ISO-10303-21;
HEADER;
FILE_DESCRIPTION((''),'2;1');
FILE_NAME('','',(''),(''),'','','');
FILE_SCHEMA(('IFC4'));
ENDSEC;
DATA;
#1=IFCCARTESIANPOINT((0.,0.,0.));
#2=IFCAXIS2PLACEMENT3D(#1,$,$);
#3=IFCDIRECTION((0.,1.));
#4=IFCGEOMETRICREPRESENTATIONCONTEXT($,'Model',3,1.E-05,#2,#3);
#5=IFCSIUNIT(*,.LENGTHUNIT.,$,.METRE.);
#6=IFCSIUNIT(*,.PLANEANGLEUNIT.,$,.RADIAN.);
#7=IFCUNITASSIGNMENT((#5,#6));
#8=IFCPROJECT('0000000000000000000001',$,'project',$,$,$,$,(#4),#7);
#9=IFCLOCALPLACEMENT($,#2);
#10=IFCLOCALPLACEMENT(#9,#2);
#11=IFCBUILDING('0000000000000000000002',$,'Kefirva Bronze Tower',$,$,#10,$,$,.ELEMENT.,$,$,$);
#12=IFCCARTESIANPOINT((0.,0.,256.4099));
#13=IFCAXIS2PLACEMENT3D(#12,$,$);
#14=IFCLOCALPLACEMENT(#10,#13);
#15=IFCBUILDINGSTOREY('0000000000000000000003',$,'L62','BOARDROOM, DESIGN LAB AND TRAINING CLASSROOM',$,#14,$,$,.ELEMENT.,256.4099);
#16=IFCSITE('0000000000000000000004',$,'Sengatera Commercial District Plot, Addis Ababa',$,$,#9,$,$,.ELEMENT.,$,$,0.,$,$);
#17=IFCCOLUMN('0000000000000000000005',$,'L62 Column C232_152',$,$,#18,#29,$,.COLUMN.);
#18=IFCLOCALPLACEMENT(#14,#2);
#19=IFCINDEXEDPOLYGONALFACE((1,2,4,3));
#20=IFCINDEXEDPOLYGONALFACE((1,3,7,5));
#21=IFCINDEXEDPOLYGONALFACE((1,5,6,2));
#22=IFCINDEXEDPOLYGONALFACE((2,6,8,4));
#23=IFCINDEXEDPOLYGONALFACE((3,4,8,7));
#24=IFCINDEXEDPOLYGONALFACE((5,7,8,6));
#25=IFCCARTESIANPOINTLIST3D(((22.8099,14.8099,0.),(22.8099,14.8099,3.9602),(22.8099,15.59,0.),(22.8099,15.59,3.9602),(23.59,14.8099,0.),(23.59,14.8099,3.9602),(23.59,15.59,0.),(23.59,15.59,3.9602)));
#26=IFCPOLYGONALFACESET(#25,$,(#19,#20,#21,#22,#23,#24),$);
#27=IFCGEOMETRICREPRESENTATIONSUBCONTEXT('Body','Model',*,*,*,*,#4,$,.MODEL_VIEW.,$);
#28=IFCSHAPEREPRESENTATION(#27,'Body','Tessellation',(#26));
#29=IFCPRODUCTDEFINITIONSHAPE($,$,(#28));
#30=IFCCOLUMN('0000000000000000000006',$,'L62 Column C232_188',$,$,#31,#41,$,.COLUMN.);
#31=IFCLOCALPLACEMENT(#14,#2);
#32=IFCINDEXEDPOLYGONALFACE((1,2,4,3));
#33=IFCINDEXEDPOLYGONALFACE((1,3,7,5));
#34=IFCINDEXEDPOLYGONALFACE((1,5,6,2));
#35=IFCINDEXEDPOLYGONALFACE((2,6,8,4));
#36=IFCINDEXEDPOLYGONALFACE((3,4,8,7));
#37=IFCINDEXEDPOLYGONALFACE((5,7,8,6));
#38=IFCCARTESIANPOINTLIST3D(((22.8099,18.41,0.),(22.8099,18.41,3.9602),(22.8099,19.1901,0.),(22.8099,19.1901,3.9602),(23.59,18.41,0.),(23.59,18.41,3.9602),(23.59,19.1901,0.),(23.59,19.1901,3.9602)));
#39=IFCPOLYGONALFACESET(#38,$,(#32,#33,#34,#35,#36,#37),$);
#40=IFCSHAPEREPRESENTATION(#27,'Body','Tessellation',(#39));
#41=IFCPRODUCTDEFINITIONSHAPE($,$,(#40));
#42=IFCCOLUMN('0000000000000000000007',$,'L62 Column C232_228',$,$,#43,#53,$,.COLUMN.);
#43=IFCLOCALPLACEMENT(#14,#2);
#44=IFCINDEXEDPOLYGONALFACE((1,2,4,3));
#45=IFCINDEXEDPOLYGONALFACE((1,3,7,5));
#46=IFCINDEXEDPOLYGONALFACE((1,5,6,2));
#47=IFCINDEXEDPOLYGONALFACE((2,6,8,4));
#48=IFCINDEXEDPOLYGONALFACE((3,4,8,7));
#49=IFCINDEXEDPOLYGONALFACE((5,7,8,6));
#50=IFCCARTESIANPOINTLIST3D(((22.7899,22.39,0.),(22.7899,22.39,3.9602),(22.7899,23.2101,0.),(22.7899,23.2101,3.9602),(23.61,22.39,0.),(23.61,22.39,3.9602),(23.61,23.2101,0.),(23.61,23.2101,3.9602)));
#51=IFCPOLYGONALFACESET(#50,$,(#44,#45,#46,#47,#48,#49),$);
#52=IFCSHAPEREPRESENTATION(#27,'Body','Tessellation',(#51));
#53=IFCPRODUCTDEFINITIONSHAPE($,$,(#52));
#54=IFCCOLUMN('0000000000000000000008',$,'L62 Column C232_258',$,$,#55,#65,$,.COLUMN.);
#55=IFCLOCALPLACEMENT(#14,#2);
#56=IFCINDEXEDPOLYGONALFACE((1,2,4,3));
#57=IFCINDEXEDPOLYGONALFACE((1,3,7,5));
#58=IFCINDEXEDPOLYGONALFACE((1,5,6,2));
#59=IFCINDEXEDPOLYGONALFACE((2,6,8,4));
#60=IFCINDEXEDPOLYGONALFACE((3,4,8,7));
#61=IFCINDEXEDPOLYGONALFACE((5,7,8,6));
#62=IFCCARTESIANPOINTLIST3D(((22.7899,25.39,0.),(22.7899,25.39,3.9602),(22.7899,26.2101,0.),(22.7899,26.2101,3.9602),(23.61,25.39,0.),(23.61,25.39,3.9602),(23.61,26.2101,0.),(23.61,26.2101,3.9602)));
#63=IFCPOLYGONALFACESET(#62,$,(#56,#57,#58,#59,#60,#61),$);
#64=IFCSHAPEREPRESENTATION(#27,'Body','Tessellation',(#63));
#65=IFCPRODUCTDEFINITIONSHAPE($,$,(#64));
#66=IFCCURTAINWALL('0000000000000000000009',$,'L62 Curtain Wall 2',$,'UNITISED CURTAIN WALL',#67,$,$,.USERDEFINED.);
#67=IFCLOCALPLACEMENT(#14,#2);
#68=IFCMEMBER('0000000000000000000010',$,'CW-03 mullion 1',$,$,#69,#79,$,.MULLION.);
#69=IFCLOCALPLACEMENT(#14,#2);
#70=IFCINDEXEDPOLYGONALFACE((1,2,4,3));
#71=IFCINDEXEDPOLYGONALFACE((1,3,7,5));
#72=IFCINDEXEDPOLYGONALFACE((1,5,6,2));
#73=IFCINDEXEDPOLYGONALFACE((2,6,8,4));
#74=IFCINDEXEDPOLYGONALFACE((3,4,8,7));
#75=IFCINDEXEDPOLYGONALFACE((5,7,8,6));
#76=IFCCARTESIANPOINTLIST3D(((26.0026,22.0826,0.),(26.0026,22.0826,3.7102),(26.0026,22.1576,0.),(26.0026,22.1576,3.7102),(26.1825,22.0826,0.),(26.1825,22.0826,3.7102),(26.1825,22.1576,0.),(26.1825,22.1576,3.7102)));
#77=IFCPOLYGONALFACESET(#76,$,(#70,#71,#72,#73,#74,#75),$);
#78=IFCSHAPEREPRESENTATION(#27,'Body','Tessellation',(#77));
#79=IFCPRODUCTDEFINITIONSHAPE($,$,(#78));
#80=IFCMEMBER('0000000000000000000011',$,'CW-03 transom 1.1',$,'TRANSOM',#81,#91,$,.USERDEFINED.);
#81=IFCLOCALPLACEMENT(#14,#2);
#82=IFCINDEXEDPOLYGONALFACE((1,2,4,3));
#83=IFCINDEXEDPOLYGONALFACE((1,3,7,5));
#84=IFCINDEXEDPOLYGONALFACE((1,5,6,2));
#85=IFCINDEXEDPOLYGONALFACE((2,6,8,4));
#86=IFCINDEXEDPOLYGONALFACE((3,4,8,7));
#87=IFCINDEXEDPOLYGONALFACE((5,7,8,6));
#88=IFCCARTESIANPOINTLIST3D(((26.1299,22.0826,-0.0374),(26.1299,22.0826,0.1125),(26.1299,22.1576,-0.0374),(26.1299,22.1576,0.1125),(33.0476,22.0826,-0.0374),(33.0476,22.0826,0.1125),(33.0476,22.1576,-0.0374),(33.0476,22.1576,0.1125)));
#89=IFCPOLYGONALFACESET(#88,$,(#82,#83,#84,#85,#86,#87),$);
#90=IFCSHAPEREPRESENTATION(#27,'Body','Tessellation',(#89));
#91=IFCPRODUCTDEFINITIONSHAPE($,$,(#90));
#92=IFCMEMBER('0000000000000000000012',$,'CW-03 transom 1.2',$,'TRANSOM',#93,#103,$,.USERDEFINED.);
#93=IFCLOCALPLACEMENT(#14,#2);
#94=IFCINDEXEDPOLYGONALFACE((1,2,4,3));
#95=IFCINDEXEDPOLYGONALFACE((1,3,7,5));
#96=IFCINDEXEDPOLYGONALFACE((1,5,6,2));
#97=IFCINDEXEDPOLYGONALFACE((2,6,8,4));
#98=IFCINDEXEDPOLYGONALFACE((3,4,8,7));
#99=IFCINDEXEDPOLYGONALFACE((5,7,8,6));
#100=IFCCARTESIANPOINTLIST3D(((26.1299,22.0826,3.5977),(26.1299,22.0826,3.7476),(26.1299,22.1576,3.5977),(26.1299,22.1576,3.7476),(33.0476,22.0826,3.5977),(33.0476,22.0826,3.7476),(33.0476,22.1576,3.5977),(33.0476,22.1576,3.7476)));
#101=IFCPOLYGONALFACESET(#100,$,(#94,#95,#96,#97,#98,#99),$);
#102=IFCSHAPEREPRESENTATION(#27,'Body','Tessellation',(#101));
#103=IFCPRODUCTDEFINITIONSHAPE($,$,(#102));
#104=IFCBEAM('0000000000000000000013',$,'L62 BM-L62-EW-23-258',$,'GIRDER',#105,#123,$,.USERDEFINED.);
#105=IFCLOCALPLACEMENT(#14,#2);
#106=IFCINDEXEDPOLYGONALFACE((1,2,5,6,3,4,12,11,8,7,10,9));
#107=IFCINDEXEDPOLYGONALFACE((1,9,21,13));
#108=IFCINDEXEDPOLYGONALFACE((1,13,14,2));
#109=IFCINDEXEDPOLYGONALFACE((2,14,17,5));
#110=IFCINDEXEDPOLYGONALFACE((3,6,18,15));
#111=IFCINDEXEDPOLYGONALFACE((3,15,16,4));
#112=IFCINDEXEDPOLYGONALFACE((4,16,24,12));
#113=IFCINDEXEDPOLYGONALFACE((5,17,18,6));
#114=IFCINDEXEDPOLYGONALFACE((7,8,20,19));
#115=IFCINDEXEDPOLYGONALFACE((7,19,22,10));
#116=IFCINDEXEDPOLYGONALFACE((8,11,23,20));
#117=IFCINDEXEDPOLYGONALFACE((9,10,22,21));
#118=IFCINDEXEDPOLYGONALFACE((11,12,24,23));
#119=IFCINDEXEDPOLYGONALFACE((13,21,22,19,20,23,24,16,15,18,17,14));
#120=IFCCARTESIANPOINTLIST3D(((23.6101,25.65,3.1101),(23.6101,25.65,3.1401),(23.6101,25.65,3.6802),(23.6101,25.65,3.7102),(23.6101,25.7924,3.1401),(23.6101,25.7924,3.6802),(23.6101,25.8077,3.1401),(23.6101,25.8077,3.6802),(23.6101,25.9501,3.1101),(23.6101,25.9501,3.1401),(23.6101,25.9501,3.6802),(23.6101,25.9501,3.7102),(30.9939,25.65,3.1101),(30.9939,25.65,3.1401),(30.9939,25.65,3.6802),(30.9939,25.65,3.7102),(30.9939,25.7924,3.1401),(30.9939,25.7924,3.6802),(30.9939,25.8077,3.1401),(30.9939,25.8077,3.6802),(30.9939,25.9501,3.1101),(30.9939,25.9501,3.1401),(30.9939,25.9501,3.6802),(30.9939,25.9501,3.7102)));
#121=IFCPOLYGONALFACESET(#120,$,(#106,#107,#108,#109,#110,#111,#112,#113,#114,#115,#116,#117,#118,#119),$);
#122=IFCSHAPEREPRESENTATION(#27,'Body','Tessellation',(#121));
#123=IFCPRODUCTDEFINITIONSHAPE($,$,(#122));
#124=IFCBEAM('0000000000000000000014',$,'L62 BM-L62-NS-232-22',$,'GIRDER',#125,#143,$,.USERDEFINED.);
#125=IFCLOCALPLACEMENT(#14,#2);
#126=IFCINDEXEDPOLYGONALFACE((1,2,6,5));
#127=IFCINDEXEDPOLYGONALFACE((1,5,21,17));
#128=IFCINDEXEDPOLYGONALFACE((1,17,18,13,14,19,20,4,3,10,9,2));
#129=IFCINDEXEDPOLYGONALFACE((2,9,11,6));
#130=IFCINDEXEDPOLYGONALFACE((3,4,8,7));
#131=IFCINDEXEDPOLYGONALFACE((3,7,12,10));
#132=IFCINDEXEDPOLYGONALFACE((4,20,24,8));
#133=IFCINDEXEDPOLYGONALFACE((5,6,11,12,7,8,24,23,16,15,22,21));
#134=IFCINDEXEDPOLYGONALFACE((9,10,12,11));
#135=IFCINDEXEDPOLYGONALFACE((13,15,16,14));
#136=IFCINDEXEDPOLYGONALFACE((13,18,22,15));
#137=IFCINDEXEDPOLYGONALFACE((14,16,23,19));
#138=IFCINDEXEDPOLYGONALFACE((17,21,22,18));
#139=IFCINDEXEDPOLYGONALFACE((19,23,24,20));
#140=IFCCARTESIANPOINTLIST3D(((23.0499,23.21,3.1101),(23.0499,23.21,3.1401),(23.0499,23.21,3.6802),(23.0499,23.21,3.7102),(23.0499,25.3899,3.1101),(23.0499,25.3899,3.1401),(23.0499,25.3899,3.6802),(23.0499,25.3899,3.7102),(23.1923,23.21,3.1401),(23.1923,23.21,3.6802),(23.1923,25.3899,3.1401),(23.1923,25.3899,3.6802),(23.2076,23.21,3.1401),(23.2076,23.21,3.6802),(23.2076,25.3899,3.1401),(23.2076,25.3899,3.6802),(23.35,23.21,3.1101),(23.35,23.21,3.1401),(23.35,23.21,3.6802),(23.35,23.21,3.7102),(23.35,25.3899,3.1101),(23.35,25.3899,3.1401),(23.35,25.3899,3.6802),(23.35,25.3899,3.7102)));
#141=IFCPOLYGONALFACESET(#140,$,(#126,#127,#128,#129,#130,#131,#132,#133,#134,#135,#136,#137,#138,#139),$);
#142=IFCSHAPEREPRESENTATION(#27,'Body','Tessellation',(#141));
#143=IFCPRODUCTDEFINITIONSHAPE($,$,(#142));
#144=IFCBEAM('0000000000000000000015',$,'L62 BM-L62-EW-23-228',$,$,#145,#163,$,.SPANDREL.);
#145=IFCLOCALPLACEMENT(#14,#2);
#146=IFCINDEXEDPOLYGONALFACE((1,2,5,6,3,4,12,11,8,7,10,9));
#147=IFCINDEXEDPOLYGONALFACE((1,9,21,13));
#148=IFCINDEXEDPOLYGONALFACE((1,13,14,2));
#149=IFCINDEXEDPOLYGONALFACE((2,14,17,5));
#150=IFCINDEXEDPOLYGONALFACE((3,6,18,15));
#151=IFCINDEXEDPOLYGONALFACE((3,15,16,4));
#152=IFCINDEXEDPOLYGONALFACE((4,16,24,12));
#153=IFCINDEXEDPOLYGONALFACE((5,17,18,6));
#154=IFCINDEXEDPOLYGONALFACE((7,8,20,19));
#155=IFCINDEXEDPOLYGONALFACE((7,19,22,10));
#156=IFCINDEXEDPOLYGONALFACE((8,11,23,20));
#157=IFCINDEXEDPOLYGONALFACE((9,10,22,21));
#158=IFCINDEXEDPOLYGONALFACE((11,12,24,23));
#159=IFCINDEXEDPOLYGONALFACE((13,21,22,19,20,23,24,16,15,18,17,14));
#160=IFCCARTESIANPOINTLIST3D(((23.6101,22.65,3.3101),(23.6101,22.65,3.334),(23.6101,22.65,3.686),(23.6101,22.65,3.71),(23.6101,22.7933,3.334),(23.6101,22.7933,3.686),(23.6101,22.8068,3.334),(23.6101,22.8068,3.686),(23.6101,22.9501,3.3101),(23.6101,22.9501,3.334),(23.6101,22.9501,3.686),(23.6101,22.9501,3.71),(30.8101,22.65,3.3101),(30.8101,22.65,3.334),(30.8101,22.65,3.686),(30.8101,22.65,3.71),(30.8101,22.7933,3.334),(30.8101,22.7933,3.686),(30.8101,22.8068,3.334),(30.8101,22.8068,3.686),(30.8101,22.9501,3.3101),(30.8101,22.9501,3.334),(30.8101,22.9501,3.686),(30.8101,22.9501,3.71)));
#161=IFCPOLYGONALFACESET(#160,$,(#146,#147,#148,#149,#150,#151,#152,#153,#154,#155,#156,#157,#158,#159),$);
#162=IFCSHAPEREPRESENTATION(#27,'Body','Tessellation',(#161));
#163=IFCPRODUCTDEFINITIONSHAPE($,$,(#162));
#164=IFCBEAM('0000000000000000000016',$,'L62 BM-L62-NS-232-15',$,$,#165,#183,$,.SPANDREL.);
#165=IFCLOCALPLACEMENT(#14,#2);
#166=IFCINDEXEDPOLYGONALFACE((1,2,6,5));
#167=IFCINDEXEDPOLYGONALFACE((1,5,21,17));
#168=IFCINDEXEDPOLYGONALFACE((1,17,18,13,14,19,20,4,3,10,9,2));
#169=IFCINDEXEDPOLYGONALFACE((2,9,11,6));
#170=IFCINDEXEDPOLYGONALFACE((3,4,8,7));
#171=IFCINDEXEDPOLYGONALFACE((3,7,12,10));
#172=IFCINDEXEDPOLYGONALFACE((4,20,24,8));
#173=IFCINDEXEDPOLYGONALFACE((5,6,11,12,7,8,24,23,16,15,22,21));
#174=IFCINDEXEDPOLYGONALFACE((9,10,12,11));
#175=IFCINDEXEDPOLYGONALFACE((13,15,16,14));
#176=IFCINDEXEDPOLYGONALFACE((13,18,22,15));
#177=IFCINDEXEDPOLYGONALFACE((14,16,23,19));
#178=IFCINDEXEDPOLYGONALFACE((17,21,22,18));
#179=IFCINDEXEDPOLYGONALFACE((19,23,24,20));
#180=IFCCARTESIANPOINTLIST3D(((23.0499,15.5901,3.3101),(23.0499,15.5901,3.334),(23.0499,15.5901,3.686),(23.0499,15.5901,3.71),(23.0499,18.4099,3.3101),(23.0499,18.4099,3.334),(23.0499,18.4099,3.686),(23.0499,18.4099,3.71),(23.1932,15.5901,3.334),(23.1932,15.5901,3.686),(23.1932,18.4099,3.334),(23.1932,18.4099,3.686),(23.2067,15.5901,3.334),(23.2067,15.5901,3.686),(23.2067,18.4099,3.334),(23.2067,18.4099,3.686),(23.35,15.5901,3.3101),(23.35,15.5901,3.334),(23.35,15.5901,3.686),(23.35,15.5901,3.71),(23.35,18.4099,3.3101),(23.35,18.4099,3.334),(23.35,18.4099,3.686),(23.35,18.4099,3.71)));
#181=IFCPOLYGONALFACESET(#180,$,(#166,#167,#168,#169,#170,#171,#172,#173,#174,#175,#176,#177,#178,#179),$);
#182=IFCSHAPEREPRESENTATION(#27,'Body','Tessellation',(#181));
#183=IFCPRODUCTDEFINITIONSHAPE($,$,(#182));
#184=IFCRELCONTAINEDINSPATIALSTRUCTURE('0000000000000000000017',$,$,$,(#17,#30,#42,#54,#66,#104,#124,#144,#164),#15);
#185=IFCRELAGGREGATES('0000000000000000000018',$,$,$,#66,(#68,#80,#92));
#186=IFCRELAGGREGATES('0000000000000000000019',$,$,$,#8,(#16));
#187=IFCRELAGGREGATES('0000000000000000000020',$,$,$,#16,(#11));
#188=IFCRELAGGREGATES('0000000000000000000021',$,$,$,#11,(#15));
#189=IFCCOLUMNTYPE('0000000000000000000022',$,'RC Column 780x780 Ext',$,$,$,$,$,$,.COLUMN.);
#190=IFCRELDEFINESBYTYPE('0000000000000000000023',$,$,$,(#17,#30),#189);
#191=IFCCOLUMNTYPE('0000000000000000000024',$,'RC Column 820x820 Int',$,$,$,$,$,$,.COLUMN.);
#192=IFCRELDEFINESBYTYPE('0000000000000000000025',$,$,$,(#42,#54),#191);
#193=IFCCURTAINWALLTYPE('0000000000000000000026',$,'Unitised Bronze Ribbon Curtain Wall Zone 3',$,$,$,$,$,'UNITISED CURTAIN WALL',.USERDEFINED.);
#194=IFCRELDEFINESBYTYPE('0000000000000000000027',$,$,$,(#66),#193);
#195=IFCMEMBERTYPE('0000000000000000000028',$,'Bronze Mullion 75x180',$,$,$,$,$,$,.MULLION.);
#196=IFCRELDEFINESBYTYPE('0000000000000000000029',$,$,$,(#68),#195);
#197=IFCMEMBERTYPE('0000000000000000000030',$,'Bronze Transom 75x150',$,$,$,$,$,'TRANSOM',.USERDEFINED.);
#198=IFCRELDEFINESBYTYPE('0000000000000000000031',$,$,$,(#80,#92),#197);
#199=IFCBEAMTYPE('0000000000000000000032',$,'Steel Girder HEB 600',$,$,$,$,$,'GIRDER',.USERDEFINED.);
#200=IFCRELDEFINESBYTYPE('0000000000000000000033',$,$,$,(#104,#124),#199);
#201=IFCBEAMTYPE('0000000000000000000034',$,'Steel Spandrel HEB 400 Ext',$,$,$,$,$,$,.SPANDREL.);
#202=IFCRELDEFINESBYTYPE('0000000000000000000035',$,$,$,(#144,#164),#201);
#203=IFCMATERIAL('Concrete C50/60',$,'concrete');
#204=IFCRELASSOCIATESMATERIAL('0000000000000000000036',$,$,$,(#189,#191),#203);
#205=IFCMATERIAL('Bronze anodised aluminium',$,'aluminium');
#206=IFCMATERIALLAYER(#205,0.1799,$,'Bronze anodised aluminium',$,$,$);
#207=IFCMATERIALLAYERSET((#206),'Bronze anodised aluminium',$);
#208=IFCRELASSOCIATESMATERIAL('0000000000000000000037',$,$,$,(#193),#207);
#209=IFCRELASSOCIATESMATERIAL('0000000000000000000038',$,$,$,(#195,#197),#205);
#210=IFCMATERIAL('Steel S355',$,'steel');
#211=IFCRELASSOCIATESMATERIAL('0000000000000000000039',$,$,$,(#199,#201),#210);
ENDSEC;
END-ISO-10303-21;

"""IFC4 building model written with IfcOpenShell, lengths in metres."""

from ifc_helpers import new_model, si_unit, direction, frame, origin, origin_2d, place, context, subcontext, project, spatial, rectangle, i_section, extrude, material, layer, layer_set, material_profile, profile_set, type_object, element, aggregate, save


model = new_model("IFC4")

# Units and contexts
model_context = context("Model", 3, precision=1e-05, world=origin(), true_north=direction((0.0, 1.0)))
body_context = subcontext(model_context, "Body", "Model", "MODEL_VIEW")
ifc_project = project(units=[si_unit("LENGTHUNIT", "METRE"), si_unit("PLANEANGLEUNIT", "RADIAN")], contexts=[model_context])

# Site, building, storey
site_placement = place(None, origin())
site = spatial("IfcSite", under=ifc_project, at=site_placement, Name="Sengatera Commercial District Plot, Addis Ababa", CompositionType="ELEMENT", RefElevation=0.0)
building_placement = place(site_placement, origin())
building = spatial("IfcBuilding", under=site, at=building_placement, Name="Kefirva Bronze Tower", CompositionType="ELEMENT")
storey_placement = place(building_placement, frame((0.0, 0.0, 256.4099)))
storey = spatial("IfcBuildingStorey", under=building, at=storey_placement, Name="L62", Description="BOARDROOM, DESIGN LAB AND TRAINING CLASSROOM", CompositionType="ELEMENT", Elevation=256.4099)

# Columns
ifc_material_1 = material(Name="Concrete C50/60", Category="concrete")
ifc_material_profile_1 = material_profile(ifc_material_1, rectangle(XDim=0.78, YDim=0.78, at=origin_2d()), Name="RC 780x780")
ifc_profile_set_1 = profile_set([ifc_material_profile_1], Name="Concrete C50/60")
column_type_1 = type_object("IfcColumnType", Name="RC Column 780x780 Ext", PredefinedType="COLUMN", material=ifc_profile_set_1)
for number, where, z_axis, x_axis, name in (
    (1, (23.2, 15.2, 0.0), (0.0, 0.0, 1.0), (1.0, 0.0, 0.0), "L62 Column C232_152"),
    (2, (23.2, 18.8, 0.0), (0.0, 0.0, 1.0), (1.0, 0.0, 0.0), "L62 Column C232_188"),
):
    element("IfcColumn", number, at=place(storey_placement, frame(where, z_axis=z_axis, x_axis=x_axis)), inside=storey, type_object=column_type_1, Name=name, PredefinedType="COLUMN", context=body_context, shape_type="SweptSolid", body=[
        extrude(rectangle(XDim=0.78, YDim=0.78, at=origin_2d()), origin(), (0.0, 0.0, 1.0), 3.9602),
    ])
ifc_material_profile_2 = material_profile(ifc_material_1, rectangle(XDim=0.8201, YDim=0.8201, at=origin_2d()), Name="RC 820x820")
ifc_profile_set_2 = profile_set([ifc_material_profile_2], Name="Concrete C50/60")
column_type_2 = type_object("IfcColumnType", Name="RC Column 820x820 Int", PredefinedType="COLUMN", material=ifc_profile_set_2)
for number, where, z_axis, x_axis, name in (
    (3, (23.2, 22.8, 0.0), (0.0, 0.0, 1.0), (1.0, 0.0, 0.0), "L62 Column C232_228"),
    (4, (23.2, 25.8, 0.0), (0.0, 0.0, 1.0), (1.0, 0.0, 0.0), "L62 Column C232_258"),
):
    element("IfcColumn", number, at=place(storey_placement, frame(where, z_axis=z_axis, x_axis=x_axis)), inside=storey, type_object=column_type_2, Name=name, PredefinedType="COLUMN", context=body_context, shape_type="SweptSolid", body=[
        extrude(rectangle(XDim=0.8201, YDim=0.8201, at=origin_2d()), origin(), (0.0, 0.0, 1.0), 3.9602),
    ])

# Curtain wall, members
ifc_material_2 = material(Name="Bronze anodised aluminium", Category="aluminium")
ifc_layer_1 = layer(ifc_material_2, 0.1799, Name="Bronze anodised aluminium")
ifc_layer_set_1 = layer_set([ifc_layer_1], Name="Bronze anodised aluminium")
curtain_wall_type = type_object("IfcCurtainWallType", Name="Unitised Bronze Ribbon Curtain Wall Zone 3", ElementType="UNITISED CURTAIN WALL", PredefinedType="USERDEFINED", material=ifc_layer_set_1)
curtain_wall_placement = place(storey_placement, origin())
curtain_wall = element("IfcCurtainWall", 5, at=curtain_wall_placement, inside=storey, type_object=curtain_wall_type, Name="L62 Curtain Wall 2", ObjectType="UNITISED CURTAIN WALL", PredefinedType="USERDEFINED")
ifc_material_profile_3 = material_profile(ifc_material_2, rectangle(XDim=0.075, YDim=0.1799, at=origin_2d()), Name="ALU 75x180")
ifc_profile_set_3 = profile_set([ifc_material_profile_3], Name="Bronze anodised aluminium")
member_type_1 = type_object("IfcMemberType", Name="Bronze Mullion 75x180", PredefinedType="MULLION", material=ifc_profile_set_3)
member_1_placement = place(storey_placement, frame((26.0925, 22.1201, 0.0), z_axis=(0.0, 0.0, 1.0), x_axis=(0.0, 1.0, 0.0)))
member_1 = element("IfcMember", 6, at=member_1_placement, type_object=member_type_1, Name="CW-03 mullion 1", PredefinedType="MULLION", context=body_context, shape_type="SweptSolid", body=[
    extrude(rectangle(XDim=0.075, YDim=0.1799, at=origin_2d()), origin(), (0.0, 0.0, 1.0), 3.7102),
])
ifc_material_profile_4 = material_profile(ifc_material_2, rectangle(XDim=0.075, YDim=0.1499, at=origin_2d()), Name="ALU 75x150")
ifc_profile_set_4 = profile_set([ifc_material_profile_4], Name="Bronze anodised aluminium")
member_type_2 = type_object("IfcMemberType", Name="Bronze Transom 75x150", ElementType="TRANSOM", PredefinedType="USERDEFINED", material=ifc_profile_set_4)
member_2_placement = place(storey_placement, frame((26.1299, 22.1201, 0.0376), z_axis=(1.0, 0.0, 0.0), x_axis=(0.0, 1.0, 0.0)))
member_2 = element("IfcMember", 7, at=member_2_placement, type_object=member_type_2, Name="CW-03 transom 1.1", ObjectType="TRANSOM", PredefinedType="USERDEFINED", context=body_context, shape_type="SweptSolid", body=[
    extrude(rectangle(XDim=0.075, YDim=0.1499, at=origin_2d()), origin(), (0.0, 0.0, 1.0), 6.9177),
])
member_3_placement = place(storey_placement, frame((26.1299, 22.1201, 3.6726), z_axis=(1.0, 0.0, 0.0), x_axis=(0.0, 1.0, 0.0)))
member_3 = element("IfcMember", 8, at=member_3_placement, type_object=member_type_2, Name="CW-03 transom 1.2", ObjectType="TRANSOM", PredefinedType="USERDEFINED", context=body_context, shape_type="SweptSolid", body=[
    extrude(rectangle(XDim=0.075, YDim=0.1499, at=origin_2d()), origin(), (0.0, 0.0, 1.0), 6.9177),
])
aggregate(curtain_wall, [member_1, member_2, member_3])

# Beams
ifc_material_3 = material(Name="Steel S355", Category="steel")
ifc_material_profile_5 = material_profile(ifc_material_3, i_section(OverallWidth=0.3, OverallDepth=0.6001, WebThickness=0.0154, FlangeThickness=0.03, at=origin_2d()), Name="HEB 600")
ifc_profile_set_5 = profile_set([ifc_material_profile_5], Name="Steel S355")
beam_type_1 = type_object("IfcBeamType", Name="Steel Girder HEB 600", ElementType="GIRDER", PredefinedType="USERDEFINED", material=ifc_profile_set_5)
beam_1_placement = place(storey_placement, frame((23.6101, 25.8, 3.4102), z_axis=(1.0, 0.0, 0.0), x_axis=(0.0, 1.0, 0.0)))
element("IfcBeam", 9, at=beam_1_placement, inside=storey, type_object=beam_type_1, Name="L62 BM-L62-EW-23-258", ObjectType="GIRDER", PredefinedType="USERDEFINED", context=body_context, shape_type="SweptSolid", body=[
    extrude(i_section(OverallWidth=0.3, OverallDepth=0.6001, WebThickness=0.0154, FlangeThickness=0.03, at=origin_2d()), origin(), (0.0, 0.0, 1.0), 7.3838),
])
beam_2_placement = place(storey_placement, frame((23.2, 23.21, 3.4102), z_axis=(0.0, 1.0, 0.0), x_axis=(-1.0, 0.0, 0.0)))
element("IfcBeam", 10, at=beam_2_placement, inside=storey, type_object=beam_type_1, Name="L62 BM-L62-NS-232-22", ObjectType="GIRDER", PredefinedType="USERDEFINED", context=body_context, shape_type="SweptSolid", body=[
    extrude(i_section(OverallWidth=0.3, OverallDepth=0.6001, WebThickness=0.0154, FlangeThickness=0.03, at=origin_2d()), origin(), (0.0, 0.0, 1.0), 2.1799),
])
ifc_material_profile_6 = material_profile(ifc_material_3, i_section(OverallWidth=0.3, OverallDepth=0.3999, WebThickness=0.0134, FlangeThickness=0.0239, at=origin_2d()), Name="HEB 400")
ifc_profile_set_6 = profile_set([ifc_material_profile_6], Name="Steel S355")
beam_type_2 = type_object("IfcBeamType", Name="Steel Spandrel HEB 400 Ext", PredefinedType="SPANDREL", material=ifc_profile_set_6)
beam_3_placement = place(storey_placement, frame((23.6101, 22.8, 3.51), z_axis=(1.0, 0.0, 0.0), x_axis=(0.0, 1.0, 0.0)))
element("IfcBeam", 11, at=beam_3_placement, inside=storey, type_object=beam_type_2, Name="L62 BM-L62-EW-23-228", PredefinedType="SPANDREL", context=body_context, shape_type="SweptSolid", body=[
    extrude(i_section(OverallWidth=0.3, OverallDepth=0.3999, WebThickness=0.0134, FlangeThickness=0.0239, at=origin_2d()), origin(), (0.0, 0.0, 1.0), 7.2),
])
beam_4_placement = place(storey_placement, frame((23.2, 15.5901, 3.51), z_axis=(0.0, 1.0, 0.0), x_axis=(-1.0, 0.0, 0.0)))
element("IfcBeam", 12, at=beam_4_placement, inside=storey, type_object=beam_type_2, Name="L62 BM-L62-NS-232-15", PredefinedType="SPANDREL", context=body_context, shape_type="SweptSolid", body=[
    extrude(i_section(OverallWidth=0.3, OverallDepth=0.3999, WebThickness=0.0134, FlangeThickness=0.0239, at=origin_2d()), origin(), (0.0, 0.0, 1.0), 2.8198),
])

save(model, "model.ifc")
